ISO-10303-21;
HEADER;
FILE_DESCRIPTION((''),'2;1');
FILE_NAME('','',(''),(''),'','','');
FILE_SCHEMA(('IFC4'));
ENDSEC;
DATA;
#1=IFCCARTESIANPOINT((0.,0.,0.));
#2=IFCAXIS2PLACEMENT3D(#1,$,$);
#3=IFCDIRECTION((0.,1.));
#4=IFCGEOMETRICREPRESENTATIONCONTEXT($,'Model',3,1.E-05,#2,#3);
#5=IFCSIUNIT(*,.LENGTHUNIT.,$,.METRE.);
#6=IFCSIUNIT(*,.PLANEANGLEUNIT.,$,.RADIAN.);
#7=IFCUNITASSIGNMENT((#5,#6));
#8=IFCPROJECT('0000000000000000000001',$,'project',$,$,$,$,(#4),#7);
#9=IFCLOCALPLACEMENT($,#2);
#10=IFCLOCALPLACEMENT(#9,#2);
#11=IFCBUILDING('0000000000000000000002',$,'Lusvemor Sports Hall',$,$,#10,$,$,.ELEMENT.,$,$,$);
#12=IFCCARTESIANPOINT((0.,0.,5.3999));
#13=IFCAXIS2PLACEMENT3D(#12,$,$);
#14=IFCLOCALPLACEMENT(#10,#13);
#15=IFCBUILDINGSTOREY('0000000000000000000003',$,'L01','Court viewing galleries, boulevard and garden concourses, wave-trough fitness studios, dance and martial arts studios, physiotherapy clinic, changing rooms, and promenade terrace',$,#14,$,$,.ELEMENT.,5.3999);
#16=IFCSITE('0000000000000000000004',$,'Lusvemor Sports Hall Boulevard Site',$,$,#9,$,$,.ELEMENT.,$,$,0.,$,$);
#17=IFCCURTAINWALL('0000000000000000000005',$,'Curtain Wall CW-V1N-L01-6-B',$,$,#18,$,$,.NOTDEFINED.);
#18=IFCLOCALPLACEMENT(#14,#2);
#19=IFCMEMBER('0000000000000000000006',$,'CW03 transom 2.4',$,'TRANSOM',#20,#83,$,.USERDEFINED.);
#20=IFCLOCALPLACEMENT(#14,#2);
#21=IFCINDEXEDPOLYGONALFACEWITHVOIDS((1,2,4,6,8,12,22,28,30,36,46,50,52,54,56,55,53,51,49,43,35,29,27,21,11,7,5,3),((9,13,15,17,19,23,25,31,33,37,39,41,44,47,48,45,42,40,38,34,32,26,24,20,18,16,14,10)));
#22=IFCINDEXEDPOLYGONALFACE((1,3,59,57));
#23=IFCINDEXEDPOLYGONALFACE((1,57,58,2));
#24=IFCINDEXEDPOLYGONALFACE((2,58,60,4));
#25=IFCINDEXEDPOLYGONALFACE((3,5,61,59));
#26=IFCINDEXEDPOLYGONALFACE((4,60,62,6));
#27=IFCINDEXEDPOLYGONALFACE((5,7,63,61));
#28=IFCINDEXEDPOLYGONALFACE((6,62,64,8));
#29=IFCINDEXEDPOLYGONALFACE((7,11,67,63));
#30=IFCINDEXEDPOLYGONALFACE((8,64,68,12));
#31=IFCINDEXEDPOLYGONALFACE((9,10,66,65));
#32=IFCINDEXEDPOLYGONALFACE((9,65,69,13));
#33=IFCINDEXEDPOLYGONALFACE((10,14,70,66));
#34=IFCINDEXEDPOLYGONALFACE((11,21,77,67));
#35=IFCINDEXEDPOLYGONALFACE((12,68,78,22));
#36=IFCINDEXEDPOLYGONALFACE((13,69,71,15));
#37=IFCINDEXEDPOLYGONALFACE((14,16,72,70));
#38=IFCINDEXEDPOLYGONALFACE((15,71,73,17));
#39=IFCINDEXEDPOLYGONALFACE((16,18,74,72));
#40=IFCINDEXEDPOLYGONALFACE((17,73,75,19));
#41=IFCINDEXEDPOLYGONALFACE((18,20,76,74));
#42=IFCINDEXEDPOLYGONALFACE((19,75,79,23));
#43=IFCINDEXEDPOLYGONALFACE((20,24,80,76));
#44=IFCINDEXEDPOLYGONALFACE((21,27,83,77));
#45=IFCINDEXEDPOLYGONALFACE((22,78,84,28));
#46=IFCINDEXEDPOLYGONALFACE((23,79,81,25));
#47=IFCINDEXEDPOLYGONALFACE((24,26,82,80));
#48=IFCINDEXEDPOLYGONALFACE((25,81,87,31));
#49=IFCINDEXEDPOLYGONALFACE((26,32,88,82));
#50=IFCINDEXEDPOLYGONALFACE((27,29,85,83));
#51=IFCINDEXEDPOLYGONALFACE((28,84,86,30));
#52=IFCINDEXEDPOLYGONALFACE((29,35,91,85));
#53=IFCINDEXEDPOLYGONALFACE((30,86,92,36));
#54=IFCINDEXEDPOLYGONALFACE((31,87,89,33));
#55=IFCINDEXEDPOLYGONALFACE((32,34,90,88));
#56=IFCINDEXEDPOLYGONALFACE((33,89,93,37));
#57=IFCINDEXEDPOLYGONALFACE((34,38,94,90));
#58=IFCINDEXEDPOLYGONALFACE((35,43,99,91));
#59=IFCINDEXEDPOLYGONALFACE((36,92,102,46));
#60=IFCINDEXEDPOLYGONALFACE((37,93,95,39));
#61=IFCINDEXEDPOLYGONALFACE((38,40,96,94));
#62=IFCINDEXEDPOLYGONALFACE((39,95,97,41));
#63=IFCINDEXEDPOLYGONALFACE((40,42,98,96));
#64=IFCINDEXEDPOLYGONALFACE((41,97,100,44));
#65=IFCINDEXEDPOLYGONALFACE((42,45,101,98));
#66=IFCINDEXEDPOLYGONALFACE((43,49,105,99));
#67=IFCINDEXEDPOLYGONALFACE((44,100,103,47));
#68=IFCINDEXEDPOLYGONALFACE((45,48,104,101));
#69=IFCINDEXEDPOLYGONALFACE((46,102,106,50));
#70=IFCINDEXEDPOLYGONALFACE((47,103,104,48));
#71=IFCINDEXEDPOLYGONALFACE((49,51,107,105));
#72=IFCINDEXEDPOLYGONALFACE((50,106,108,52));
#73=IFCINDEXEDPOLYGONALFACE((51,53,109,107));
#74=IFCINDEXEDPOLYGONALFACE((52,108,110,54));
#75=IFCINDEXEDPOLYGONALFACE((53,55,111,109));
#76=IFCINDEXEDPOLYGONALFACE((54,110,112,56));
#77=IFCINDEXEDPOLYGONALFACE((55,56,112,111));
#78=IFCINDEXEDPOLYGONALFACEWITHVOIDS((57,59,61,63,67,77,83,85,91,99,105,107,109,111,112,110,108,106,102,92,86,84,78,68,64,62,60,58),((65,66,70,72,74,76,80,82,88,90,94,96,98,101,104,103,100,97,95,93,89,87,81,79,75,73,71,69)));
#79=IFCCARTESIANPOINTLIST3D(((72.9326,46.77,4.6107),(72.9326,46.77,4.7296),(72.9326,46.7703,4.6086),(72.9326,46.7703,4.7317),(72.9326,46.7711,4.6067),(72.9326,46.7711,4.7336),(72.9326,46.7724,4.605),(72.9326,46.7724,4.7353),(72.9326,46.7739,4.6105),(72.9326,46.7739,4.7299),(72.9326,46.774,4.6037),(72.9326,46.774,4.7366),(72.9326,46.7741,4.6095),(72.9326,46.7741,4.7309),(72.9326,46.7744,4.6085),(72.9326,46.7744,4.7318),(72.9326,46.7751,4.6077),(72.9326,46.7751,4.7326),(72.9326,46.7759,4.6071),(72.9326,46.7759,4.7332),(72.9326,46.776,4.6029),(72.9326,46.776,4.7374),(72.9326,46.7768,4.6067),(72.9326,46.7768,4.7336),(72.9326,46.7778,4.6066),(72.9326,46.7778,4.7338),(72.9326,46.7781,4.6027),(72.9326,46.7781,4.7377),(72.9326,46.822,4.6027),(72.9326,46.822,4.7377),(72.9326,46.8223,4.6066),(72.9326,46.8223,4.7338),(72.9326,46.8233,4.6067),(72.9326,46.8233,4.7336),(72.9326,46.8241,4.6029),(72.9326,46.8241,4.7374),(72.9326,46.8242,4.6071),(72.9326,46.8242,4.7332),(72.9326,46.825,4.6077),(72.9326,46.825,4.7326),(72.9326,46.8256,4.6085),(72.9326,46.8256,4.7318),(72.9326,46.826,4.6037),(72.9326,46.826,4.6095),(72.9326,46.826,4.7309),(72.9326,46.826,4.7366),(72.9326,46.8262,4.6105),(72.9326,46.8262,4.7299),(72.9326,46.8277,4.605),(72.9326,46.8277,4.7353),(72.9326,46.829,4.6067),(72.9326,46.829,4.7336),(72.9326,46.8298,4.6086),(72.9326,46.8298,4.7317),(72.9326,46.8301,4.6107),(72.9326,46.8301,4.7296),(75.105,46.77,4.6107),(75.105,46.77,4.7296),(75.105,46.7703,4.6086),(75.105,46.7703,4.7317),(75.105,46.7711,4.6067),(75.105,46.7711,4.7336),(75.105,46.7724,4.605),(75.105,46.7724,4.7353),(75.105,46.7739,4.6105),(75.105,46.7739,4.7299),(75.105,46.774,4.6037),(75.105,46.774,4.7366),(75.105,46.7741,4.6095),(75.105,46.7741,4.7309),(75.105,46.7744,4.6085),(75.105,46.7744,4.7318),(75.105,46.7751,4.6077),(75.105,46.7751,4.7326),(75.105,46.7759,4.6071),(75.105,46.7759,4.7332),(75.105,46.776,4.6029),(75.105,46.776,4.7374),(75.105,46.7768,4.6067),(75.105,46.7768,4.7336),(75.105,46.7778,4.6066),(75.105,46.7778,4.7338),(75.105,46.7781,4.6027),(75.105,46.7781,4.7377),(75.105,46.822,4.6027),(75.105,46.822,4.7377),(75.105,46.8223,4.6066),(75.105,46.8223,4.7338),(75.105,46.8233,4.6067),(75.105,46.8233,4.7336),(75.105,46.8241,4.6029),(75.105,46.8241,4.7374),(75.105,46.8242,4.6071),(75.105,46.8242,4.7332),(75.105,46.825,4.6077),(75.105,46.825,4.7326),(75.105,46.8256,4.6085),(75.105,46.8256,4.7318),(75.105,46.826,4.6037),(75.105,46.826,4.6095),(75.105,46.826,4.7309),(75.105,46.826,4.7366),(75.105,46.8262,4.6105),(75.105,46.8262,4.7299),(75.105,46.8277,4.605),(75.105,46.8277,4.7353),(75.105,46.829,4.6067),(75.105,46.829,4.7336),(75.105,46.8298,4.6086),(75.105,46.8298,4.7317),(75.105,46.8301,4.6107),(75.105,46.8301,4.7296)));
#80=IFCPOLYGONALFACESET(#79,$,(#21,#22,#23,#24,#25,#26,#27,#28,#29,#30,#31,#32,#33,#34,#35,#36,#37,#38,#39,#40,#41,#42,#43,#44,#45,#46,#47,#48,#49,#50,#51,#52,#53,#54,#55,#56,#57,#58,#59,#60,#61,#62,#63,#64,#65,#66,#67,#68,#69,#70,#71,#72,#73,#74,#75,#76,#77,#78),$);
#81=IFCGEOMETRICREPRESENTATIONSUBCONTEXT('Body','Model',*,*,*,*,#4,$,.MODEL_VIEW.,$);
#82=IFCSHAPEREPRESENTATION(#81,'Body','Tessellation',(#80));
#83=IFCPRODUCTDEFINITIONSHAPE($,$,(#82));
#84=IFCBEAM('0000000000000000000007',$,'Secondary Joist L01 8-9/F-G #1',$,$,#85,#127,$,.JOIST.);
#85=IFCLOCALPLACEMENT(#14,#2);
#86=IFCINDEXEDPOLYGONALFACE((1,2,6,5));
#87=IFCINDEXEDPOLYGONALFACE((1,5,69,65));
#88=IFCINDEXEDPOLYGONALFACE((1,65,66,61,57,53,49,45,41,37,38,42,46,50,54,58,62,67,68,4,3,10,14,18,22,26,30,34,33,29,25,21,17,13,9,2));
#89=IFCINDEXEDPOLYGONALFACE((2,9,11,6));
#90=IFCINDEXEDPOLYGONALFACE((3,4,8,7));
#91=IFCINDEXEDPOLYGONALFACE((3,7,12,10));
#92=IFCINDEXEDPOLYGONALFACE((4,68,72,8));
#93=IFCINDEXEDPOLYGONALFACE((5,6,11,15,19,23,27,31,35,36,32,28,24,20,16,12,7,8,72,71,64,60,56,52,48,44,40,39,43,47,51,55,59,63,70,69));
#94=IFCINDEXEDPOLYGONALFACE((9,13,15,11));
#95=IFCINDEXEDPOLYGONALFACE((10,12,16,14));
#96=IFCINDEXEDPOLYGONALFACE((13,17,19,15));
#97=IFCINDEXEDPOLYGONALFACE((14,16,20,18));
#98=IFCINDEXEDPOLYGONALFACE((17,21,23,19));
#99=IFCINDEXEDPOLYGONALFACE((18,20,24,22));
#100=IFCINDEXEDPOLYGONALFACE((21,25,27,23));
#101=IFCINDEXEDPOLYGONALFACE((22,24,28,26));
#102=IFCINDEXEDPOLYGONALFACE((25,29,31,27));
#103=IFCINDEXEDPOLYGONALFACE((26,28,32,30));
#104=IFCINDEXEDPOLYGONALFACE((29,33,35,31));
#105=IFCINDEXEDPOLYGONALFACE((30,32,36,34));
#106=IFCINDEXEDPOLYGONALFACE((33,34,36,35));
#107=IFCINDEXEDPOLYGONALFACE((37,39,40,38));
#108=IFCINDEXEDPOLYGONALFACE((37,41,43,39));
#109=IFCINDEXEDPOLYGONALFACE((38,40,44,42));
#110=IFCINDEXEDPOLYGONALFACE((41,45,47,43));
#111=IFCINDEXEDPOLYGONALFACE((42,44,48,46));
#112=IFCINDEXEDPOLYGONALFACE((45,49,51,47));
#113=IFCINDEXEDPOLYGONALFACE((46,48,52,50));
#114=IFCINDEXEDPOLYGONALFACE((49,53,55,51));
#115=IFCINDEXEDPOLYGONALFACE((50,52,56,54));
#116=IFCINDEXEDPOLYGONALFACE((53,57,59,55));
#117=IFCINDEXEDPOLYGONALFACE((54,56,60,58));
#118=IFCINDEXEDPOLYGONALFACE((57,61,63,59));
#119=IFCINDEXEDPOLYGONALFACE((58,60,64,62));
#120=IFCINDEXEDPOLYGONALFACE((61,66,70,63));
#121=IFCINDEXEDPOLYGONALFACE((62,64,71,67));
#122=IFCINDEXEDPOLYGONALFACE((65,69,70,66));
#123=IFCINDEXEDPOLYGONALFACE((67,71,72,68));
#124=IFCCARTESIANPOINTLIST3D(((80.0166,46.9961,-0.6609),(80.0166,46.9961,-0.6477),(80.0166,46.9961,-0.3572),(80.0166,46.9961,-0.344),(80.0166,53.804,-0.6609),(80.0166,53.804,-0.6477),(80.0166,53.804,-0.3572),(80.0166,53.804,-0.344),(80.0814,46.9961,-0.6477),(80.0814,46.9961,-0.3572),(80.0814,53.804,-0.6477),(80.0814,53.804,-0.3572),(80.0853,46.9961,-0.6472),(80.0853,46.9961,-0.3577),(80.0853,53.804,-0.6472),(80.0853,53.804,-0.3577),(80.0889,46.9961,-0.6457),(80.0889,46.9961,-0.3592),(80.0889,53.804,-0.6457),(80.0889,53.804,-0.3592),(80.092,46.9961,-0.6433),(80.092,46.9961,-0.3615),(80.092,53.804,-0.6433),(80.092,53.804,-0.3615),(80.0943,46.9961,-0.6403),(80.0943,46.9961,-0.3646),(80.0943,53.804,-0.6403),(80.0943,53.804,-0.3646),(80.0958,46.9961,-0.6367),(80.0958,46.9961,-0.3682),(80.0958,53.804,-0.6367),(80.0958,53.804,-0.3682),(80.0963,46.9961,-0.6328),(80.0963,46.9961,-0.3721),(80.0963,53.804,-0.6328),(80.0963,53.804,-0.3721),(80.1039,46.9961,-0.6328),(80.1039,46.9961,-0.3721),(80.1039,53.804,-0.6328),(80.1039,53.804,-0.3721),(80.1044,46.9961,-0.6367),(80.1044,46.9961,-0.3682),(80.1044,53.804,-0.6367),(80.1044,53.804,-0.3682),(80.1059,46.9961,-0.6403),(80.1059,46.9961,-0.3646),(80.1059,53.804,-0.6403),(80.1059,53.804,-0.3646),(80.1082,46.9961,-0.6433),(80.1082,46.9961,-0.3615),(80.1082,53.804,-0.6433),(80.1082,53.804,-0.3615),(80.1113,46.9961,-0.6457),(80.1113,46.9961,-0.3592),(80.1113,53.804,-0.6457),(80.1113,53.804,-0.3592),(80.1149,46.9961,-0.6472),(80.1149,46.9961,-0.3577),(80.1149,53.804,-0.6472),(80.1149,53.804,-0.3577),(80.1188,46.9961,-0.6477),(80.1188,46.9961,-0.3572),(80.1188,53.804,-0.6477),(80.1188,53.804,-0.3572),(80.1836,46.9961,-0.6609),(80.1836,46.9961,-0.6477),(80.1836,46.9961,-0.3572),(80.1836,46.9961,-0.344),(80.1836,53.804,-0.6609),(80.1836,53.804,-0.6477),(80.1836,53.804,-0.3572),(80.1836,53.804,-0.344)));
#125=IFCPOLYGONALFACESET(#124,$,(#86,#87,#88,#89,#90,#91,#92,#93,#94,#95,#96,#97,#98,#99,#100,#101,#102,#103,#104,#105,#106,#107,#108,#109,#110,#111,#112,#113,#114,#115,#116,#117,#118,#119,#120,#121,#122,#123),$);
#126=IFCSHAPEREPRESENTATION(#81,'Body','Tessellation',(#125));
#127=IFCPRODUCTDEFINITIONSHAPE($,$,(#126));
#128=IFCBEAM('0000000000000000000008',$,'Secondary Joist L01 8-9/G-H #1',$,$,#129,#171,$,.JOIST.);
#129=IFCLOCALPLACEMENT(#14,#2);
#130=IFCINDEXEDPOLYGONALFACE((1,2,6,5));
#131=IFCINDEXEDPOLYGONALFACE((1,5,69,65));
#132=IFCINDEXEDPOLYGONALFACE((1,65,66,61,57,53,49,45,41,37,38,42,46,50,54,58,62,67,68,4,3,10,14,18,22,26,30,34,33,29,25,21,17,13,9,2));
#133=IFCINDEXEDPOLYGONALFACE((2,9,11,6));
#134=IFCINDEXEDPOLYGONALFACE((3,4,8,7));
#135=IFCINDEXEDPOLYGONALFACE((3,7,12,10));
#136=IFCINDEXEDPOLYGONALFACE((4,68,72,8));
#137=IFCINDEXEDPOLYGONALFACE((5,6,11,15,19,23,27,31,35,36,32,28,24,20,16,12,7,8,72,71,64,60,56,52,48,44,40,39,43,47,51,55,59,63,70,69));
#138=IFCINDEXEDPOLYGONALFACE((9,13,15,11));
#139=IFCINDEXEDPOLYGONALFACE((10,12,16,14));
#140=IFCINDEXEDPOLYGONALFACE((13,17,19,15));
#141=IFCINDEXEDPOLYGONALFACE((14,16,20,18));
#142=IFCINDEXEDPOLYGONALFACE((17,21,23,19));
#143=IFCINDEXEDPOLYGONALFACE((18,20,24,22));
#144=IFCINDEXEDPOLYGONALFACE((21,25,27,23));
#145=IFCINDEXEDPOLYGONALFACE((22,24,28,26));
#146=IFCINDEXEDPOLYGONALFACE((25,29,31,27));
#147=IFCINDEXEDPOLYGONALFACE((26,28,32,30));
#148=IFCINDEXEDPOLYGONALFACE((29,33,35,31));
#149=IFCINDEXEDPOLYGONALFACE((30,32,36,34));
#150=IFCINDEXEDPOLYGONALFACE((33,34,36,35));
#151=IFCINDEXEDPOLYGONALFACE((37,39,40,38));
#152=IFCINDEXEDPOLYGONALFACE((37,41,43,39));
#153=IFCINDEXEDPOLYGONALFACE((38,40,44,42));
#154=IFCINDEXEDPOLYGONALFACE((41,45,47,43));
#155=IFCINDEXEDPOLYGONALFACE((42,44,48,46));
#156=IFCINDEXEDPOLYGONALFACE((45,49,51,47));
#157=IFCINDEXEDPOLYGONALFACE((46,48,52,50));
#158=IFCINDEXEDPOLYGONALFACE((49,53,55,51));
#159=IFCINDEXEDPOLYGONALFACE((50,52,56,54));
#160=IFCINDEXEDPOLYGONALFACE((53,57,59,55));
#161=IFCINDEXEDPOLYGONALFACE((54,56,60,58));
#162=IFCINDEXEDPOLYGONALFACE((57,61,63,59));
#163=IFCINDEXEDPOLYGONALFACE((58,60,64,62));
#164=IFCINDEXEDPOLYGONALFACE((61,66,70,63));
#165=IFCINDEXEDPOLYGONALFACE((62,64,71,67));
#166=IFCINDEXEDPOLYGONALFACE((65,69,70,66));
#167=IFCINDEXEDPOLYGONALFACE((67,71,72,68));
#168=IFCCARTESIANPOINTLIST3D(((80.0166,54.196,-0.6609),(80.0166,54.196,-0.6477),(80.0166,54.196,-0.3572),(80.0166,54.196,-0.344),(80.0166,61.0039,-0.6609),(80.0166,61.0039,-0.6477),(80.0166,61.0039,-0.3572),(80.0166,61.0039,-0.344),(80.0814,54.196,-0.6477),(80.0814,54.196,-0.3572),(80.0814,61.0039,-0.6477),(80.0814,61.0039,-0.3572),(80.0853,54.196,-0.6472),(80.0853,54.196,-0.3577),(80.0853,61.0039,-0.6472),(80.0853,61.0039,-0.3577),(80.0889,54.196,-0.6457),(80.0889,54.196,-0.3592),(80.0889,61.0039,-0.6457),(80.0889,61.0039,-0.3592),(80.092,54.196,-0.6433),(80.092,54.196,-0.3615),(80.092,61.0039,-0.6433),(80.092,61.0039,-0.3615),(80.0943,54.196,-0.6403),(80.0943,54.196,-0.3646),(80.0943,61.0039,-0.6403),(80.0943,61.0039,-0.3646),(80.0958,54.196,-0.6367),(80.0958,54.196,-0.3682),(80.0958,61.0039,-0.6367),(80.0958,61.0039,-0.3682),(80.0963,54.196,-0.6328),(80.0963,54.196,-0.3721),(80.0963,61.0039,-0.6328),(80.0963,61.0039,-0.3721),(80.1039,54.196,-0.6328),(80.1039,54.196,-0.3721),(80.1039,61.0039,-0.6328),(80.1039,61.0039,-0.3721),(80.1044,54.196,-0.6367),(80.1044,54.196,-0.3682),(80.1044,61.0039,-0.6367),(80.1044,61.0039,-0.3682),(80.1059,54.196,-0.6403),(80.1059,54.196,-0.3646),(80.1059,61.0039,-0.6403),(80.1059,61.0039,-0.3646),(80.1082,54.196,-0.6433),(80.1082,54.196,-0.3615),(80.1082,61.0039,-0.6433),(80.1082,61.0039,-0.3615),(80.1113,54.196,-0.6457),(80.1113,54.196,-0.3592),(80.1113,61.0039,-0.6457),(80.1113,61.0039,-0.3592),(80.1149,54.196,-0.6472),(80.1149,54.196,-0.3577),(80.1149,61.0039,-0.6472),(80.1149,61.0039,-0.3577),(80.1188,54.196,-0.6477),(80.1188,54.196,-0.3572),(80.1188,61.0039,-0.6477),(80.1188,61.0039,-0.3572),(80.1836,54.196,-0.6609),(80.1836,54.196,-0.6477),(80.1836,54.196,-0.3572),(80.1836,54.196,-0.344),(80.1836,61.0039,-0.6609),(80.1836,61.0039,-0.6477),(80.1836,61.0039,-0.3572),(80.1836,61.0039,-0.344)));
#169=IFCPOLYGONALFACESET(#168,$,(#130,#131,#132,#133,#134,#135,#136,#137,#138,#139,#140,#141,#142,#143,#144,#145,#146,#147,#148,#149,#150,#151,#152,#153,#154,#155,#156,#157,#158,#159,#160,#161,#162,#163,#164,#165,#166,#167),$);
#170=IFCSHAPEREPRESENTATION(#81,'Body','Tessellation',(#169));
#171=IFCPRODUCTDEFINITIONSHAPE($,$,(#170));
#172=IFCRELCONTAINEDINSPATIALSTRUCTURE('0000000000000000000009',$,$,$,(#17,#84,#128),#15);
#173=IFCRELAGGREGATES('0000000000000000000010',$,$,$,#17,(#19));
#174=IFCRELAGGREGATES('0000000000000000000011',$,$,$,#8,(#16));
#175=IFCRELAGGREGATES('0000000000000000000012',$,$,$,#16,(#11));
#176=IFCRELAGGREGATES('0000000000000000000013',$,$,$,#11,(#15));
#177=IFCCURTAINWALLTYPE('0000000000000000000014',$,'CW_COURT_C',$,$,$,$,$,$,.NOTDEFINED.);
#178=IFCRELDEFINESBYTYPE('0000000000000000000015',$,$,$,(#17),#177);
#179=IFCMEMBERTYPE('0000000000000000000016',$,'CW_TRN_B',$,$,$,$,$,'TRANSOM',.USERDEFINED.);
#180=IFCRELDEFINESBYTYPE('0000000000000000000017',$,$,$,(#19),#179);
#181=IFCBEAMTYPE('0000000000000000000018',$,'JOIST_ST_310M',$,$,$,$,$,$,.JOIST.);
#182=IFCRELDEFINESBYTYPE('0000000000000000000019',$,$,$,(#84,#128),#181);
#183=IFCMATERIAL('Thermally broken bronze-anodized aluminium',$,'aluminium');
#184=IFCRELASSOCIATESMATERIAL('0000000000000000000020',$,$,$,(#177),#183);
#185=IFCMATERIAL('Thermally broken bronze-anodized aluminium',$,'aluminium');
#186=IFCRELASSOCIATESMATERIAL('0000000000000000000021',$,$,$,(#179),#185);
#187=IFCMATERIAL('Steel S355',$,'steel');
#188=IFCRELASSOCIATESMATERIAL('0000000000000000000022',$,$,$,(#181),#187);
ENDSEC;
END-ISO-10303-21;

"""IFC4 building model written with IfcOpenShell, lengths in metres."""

from ifc_helpers import new_model, si_unit, direction, frame, origin, origin_2d, place, context, subcontext, project, spatial, hollow_rectangle, i_section, extrude, material, material_profile, profile_set, type_object, element, aggregate, save


model = new_model("IFC4")

# Units and contexts
model_context = context("Model", 3, precision=1e-05, world=origin(), true_north=direction((0.0, 1.0)))
body_context = subcontext(model_context, "Body", "Model", "MODEL_VIEW")
ifc_project = project(units=[si_unit("LENGTHUNIT", "METRE"), si_unit("PLANEANGLEUNIT", "RADIAN")], contexts=[model_context])

# Site, building, storey
site_placement = place(None, origin())
site = spatial("IfcSite", under=ifc_project, at=site_placement, Name="Lusvemor Sports Hall Boulevard Site", CompositionType="ELEMENT", RefElevation=0.0)
building_placement = place(site_placement, origin())
building = spatial("IfcBuilding", under=site, at=building_placement, Name="Lusvemor Sports Hall", CompositionType="ELEMENT")
storey_placement = place(building_placement, frame((0.0, 0.0, 5.3999)))
storey = spatial("IfcBuildingStorey", under=building, at=storey_placement, Name="L01", Description="Court viewing galleries, boulevard and garden concourses, wave-trough fitness studios, dance and martial arts studios, physiotherapy clinic, changing rooms, and promenade terrace", CompositionType="ELEMENT", Elevation=5.3999)

# Curtain wall, member
ifc_material_1 = material(Name="Thermally broken bronze-anodized aluminium", Category="aluminium")
curtain_wall_type = type_object("IfcCurtainWallType", Name="CW_COURT_C", PredefinedType="NOTDEFINED", material=ifc_material_1)
curtain_wall_placement = place(storey_placement, origin())
curtain_wall = element("IfcCurtainWall", 1, at=curtain_wall_placement, inside=storey, type_object=curtain_wall_type, Name="Curtain Wall CW-V1N-L01-6-B", PredefinedType="NOTDEFINED")
ifc_material_2 = material(Name="Thermally broken bronze-anodized aluminium", Category="aluminium")
ifc_material_profile_1 = material_profile(ifc_material_2, hollow_rectangle(XDim=0.0601, YDim=0.135, WallThickness=0.0039, InnerFilletRadius=0.0039, OuterFilletRadius=0.0081, at=origin_2d()), Name="CWTRN135x60x4")
ifc_profile_set_1 = profile_set([ifc_material_profile_1], Name="Thermally broken bronze-anodized aluminium")
member_type_1 = type_object("IfcMemberType", Name="CW_TRN_B", ElementType="TRANSOM", PredefinedType="USERDEFINED", material=ifc_profile_set_1)
member_1_placement = place(storey_placement, frame((72.9326, 46.8, 4.6702), z_axis=(1.0, 0.0, 0.0), x_axis=(0.0, 1.0, 0.0)))
member_1 = element("IfcMember", 2, at=member_1_placement, type_object=member_type_1, Name="CW03 transom 2.4", ObjectType="TRANSOM", PredefinedType="USERDEFINED", context=body_context, shape_type="SweptSolid", body=[
    extrude(hollow_rectangle(XDim=0.0601, YDim=0.135, WallThickness=0.0039, InnerFilletRadius=0.0039, OuterFilletRadius=0.0081, at=origin_2d()), origin(), (0.0, 0.0, 1.0), 2.1724),
])

# Beams
ifc_material_3 = material(Name="Steel S355", Category="steel")
ifc_material_profile_2 = material_profile(ifc_material_3, i_section(OverallWidth=0.167, OverallDepth=0.3169, WebThickness=0.0076, FlangeThickness=0.0132, FilletRadius=0.0149, at=origin_2d()), Name="W310x52.0")
ifc_profile_set_2 = profile_set([ifc_material_profile_2], Name="Steel S355")
beam_type_1 = type_object("IfcBeamType", Name="JOIST_ST_310M", PredefinedType="JOIST", material=ifc_profile_set_2)
for number, where, z_axis, x_axis, name in (
    (3, (80.1001, 46.9961, -0.5024), (0.0, 1.0, 0.0), (-1.0, 0.0, 0.0), "Secondary Joist L01 8-9/F-G #1"),
    (4, (80.1001, 54.196, -0.5024), (0.0, 1.0, 0.0), (-1.0, 0.0, 0.0), "Secondary Joist L01 8-9/G-H #1"),
):
    element("IfcBeam", number, at=place(storey_placement, frame(where, z_axis=z_axis, x_axis=x_axis)), inside=storey, type_object=beam_type_1, Name=name, PredefinedType="JOIST", context=body_context, shape_type="SweptSolid", body=[
        extrude(i_section(OverallWidth=0.167, OverallDepth=0.3169, WebThickness=0.0076, FlangeThickness=0.0132, FilletRadius=0.0149, at=origin_2d()), origin(), (0.0, 0.0, 1.0), 6.8079),
    ])

aggregate(curtain_wall, [member_1])

save(model, "model.ifc")
